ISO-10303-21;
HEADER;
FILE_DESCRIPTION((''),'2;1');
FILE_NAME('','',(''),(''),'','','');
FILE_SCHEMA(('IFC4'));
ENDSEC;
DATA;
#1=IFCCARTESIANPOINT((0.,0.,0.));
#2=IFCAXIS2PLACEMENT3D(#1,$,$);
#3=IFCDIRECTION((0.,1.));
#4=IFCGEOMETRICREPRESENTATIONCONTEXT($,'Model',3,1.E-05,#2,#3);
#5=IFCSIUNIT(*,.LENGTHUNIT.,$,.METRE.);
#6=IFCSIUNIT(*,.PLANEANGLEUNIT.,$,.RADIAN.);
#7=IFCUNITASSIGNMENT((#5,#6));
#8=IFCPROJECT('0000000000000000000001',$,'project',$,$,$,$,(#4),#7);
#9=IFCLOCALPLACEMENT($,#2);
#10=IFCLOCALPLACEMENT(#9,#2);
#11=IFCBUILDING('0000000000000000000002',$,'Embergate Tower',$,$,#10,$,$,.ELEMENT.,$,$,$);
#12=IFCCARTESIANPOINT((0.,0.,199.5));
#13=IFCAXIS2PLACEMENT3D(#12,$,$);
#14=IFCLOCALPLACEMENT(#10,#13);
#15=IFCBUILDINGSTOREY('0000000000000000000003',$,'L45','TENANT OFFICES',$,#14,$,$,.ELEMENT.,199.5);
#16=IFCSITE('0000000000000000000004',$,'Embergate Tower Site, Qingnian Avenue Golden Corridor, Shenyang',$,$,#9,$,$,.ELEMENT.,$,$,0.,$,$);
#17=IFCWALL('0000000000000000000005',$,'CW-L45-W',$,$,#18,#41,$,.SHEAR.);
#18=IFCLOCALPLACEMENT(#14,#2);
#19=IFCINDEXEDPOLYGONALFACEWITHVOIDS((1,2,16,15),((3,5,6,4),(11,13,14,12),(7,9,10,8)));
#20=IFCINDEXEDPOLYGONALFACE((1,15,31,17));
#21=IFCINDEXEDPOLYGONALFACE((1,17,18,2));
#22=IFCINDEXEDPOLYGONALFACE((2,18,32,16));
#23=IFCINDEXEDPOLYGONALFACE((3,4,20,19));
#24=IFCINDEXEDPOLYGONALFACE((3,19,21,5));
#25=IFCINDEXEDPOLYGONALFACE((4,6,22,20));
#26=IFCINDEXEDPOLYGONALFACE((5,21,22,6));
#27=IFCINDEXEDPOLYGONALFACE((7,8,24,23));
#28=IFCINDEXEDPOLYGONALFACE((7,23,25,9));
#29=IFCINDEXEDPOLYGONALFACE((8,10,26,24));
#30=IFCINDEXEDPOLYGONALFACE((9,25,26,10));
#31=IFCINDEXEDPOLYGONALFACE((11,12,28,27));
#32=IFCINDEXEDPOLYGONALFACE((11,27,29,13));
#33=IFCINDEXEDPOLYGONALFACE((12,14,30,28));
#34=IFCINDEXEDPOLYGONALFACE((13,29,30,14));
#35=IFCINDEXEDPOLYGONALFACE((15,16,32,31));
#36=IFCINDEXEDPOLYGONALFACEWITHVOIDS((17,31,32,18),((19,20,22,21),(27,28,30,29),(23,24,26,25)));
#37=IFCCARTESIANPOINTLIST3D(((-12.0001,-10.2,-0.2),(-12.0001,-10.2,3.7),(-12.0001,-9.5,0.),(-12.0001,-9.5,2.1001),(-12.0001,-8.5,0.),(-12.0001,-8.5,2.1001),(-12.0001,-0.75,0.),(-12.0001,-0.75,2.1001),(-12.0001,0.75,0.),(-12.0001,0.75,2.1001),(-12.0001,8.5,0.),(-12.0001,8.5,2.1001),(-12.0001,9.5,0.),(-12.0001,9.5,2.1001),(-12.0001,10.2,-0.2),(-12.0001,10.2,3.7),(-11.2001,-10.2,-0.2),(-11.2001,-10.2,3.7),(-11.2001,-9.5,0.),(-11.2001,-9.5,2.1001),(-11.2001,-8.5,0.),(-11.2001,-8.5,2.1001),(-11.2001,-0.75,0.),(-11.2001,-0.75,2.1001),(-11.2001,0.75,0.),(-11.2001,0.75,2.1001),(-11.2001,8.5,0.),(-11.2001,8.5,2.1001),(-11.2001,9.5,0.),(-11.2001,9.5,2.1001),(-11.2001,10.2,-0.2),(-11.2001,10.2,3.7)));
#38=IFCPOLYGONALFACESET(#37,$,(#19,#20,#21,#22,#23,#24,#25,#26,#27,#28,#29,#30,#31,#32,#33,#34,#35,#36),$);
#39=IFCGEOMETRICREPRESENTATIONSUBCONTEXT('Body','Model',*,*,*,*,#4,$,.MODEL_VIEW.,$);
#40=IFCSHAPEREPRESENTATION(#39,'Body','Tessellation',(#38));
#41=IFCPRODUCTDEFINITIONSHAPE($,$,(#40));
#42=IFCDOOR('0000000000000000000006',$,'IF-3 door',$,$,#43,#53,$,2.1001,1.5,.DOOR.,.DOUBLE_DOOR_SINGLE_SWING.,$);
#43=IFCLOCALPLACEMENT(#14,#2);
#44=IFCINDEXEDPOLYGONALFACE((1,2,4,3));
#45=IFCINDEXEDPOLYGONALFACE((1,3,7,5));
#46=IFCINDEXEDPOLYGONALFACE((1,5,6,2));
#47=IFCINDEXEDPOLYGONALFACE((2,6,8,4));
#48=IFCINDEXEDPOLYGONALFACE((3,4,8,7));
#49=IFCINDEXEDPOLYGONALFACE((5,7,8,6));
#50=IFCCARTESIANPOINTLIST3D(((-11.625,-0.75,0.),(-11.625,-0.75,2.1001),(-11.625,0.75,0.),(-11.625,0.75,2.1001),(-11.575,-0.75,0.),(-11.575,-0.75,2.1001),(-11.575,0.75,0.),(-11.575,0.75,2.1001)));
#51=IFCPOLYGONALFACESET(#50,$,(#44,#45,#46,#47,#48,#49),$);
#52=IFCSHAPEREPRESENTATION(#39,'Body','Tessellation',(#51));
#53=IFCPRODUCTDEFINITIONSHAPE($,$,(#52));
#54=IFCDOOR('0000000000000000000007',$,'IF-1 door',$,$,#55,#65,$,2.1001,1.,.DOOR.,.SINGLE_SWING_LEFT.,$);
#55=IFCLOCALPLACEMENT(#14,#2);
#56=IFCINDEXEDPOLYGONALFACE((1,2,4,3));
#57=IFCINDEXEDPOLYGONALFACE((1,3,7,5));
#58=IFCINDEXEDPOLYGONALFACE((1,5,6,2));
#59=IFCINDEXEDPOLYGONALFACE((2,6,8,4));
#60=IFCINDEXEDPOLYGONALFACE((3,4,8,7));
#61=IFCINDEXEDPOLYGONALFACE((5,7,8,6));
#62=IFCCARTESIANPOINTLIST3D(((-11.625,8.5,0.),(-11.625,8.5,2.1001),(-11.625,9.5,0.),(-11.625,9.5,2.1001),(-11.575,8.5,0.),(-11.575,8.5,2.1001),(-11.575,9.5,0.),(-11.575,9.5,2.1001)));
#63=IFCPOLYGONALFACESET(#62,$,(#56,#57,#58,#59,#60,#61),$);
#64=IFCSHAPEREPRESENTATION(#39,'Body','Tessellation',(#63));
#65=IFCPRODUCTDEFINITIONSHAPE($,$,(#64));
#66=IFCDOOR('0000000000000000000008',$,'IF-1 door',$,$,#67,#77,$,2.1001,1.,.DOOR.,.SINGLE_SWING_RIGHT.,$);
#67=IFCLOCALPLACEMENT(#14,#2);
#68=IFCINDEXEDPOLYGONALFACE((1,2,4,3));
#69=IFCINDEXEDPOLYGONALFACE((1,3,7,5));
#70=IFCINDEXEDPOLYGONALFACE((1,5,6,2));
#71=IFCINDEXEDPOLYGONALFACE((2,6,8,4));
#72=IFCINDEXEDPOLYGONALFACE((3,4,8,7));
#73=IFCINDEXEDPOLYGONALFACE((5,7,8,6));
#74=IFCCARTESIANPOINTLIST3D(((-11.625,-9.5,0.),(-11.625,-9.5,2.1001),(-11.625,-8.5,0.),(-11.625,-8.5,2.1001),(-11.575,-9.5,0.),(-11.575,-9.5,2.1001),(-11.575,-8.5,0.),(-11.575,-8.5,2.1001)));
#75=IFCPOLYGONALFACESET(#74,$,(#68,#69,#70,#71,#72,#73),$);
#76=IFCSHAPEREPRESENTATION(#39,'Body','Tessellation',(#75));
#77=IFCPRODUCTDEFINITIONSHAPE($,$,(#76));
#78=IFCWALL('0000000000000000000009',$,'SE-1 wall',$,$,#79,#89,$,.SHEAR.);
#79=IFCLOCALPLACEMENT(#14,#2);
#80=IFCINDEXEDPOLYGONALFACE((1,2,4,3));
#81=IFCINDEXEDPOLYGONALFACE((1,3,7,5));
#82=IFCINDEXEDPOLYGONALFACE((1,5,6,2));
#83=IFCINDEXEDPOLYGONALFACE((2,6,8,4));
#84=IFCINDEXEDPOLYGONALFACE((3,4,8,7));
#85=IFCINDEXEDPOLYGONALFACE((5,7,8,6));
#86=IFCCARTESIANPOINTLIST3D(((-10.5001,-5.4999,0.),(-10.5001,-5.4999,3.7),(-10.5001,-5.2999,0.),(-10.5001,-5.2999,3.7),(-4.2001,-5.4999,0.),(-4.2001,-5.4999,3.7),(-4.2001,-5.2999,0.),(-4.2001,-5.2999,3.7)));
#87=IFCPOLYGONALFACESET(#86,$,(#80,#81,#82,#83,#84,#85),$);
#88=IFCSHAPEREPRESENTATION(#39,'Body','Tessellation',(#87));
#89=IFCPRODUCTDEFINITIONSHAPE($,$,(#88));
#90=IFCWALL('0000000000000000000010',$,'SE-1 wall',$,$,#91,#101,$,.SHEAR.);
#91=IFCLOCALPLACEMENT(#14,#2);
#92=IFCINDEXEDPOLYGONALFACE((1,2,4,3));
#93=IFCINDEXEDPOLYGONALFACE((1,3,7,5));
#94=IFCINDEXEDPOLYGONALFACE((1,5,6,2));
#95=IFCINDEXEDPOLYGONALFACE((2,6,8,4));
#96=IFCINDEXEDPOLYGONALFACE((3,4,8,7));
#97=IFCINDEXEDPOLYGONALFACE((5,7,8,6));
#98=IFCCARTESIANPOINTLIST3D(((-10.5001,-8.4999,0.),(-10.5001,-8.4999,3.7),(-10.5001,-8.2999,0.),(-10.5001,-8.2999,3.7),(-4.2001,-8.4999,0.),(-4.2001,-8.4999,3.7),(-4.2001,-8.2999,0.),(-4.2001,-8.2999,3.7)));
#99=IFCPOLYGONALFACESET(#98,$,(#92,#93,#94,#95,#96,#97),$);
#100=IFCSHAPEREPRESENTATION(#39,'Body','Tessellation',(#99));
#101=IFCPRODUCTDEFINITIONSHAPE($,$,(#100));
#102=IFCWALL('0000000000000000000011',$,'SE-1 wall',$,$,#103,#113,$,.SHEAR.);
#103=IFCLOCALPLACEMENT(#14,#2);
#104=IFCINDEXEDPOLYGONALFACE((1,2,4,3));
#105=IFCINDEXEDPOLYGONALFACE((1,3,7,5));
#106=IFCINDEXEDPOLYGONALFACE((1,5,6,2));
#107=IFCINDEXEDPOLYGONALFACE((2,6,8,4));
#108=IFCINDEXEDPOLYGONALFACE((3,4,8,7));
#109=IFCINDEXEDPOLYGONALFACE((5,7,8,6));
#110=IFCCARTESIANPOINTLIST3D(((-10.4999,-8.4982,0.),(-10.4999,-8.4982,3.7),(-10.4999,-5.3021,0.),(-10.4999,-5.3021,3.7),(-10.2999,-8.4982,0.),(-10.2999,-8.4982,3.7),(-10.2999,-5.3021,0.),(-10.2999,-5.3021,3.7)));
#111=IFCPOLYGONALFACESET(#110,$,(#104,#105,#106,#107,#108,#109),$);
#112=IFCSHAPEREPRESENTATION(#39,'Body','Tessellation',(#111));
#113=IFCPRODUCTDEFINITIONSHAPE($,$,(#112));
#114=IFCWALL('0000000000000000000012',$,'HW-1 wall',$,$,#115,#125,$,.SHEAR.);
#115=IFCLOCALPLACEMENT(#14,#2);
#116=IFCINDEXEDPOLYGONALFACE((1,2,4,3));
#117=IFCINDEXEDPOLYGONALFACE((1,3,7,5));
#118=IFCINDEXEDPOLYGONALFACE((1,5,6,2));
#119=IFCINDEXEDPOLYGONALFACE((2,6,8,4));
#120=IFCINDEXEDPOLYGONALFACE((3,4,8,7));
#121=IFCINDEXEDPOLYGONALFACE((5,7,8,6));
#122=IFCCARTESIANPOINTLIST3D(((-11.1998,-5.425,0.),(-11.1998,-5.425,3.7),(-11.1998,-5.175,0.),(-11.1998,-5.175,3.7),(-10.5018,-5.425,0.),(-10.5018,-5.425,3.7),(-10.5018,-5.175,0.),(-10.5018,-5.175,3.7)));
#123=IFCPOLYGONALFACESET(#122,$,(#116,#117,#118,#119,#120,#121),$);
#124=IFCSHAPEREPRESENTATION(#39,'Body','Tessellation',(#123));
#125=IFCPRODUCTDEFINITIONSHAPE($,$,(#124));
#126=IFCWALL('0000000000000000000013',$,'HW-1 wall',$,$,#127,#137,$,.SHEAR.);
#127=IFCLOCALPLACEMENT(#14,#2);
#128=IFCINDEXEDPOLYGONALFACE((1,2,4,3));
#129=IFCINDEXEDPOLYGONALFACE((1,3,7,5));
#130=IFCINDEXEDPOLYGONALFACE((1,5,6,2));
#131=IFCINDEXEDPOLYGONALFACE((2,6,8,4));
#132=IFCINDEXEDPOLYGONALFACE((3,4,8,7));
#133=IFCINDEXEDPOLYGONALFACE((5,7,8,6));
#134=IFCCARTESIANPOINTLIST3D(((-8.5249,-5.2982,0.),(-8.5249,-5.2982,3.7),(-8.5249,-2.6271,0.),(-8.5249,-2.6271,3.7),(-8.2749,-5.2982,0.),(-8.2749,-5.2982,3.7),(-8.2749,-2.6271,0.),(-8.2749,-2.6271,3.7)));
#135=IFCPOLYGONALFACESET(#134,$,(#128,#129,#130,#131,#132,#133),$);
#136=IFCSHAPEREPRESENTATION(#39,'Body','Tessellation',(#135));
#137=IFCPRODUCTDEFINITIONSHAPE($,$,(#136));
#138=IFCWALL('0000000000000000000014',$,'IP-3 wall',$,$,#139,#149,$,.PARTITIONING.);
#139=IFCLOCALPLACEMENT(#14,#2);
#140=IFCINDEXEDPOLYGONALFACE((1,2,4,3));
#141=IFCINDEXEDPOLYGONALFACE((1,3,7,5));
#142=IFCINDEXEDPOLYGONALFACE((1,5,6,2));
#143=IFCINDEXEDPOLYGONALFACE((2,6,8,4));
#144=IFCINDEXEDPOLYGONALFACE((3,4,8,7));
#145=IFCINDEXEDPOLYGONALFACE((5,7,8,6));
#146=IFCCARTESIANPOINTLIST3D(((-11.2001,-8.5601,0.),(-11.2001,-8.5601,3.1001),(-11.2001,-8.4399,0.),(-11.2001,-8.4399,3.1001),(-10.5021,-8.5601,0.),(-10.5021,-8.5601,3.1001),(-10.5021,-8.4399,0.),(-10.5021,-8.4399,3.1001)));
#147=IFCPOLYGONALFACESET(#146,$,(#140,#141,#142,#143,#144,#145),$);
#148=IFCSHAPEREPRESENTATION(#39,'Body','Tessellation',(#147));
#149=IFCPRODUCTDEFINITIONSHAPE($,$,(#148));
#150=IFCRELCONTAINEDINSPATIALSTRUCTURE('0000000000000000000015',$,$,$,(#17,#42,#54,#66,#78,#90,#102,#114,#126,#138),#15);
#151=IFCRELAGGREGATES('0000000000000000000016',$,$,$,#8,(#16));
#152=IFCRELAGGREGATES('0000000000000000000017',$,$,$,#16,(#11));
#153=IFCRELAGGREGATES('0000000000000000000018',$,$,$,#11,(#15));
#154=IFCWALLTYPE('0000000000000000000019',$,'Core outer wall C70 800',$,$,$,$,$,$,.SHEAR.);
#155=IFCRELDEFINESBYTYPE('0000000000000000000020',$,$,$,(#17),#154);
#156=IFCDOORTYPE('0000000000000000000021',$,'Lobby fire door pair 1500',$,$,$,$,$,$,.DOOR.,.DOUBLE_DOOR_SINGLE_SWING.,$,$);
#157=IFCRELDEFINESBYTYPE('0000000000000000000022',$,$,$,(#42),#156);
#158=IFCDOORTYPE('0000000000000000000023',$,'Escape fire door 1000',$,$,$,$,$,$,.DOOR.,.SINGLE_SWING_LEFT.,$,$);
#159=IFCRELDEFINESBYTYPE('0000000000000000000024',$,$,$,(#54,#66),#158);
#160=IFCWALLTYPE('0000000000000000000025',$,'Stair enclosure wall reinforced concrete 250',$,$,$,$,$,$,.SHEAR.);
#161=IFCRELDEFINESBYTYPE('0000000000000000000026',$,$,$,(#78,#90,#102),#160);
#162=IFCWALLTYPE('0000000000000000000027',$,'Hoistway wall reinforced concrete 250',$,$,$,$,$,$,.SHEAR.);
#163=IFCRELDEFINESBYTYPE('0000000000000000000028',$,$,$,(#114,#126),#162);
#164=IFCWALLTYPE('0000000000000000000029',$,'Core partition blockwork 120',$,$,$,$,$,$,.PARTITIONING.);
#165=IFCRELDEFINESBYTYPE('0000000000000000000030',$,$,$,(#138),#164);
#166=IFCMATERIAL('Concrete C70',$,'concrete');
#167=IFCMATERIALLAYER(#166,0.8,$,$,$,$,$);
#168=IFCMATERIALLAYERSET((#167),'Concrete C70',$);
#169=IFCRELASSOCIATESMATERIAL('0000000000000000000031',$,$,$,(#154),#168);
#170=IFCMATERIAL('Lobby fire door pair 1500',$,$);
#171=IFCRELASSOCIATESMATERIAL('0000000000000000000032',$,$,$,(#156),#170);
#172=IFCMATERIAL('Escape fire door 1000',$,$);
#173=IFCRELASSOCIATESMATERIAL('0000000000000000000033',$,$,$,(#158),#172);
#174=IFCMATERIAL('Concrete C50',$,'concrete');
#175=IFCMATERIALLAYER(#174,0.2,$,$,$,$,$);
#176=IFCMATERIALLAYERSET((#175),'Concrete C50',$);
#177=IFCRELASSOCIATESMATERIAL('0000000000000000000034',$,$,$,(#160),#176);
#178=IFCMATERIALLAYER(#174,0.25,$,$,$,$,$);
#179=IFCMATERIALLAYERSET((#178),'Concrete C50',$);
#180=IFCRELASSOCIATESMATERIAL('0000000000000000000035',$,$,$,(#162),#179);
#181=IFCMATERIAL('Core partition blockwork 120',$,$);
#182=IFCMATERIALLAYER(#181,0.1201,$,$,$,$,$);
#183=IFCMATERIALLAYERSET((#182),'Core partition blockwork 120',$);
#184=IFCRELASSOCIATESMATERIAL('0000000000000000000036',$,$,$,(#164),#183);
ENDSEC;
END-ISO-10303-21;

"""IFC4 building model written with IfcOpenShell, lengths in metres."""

from ifc_helpers import new_model, si_unit, direction, frame, frame_2d, origin, place, context, subcontext, project, spatial, rectangle, extrude, source, transform, mapped, material, layer, layer_set, type_object, element, fill, save


model = new_model("IFC4")

# Units and contexts
model_context = context("Model", 3, precision=1e-05, world=origin(), true_north=direction((0.0, 1.0)))
body_context = subcontext(model_context, "Body", "Model", "MODEL_VIEW")
ifc_project = project(units=[si_unit("LENGTHUNIT", "METRE"), si_unit("PLANEANGLEUNIT", "RADIAN")], contexts=[model_context])

# Site, building, storey
site_placement = place(None, origin())
site = spatial("IfcSite", under=ifc_project, at=site_placement, Name="Embergate Tower Site, Qingnian Avenue Golden Corridor, Shenyang", CompositionType="ELEMENT", RefElevation=0.0)
building_placement = place(site_placement, origin())
building = spatial("IfcBuilding", under=site, at=building_placement, Name="Embergate Tower", CompositionType="ELEMENT")
storey_placement = place(building_placement, frame((0.0, 0.0, 199.5)))
storey = spatial("IfcBuildingStorey", under=building, at=storey_placement, Name="L45", Description="TENANT OFFICES", CompositionType="ELEMENT", Elevation=199.5)

# Shared definitions
ifc_material_1 = material(Name="Concrete C70", Category="concrete")
ifc_layer_1 = layer(ifc_material_1, 0.8)
ifc_layer_set_1 = layer_set([ifc_layer_1], Name="Concrete C70")
wall_type_1 = type_object("IfcWallType", Name="Core outer wall C70 800", PredefinedType="SHEAR", material=ifc_layer_set_1)

# Wall, openings, doors
shared_shape_1 = source(origin(), body_context, "Body", "SweptSolid", [
    extrude(rectangle(XDim=20.3999, YDim=0.8, at=frame_2d((10.2, 0.0))), origin(), (0.0, 0.0, 1.0), 3.8999),
])
wall_1_placement = place(storey_placement, frame((-11.6001, -10.2, -0.2), z_axis=(0.0, 0.0, 1.0), x_axis=(0.0, 1.0, 0.0)))
wall_1 = element("IfcWall", 1, at=wall_1_placement, inside=storey, type_object=wall_type_1, Name="CW-L45-W", PredefinedType="SHEAR", context=body_context, shape_type="MappedRepresentation", body=[
    mapped(shared_shape_1, transform((0.0, 0.0, 0.0))),
])
shared_shape_2 = source(origin(), body_context, "Body", "SweptSolid", [
    extrude(rectangle(XDim=1.0, YDim=2.1001, at=frame_2d((0.5, 1.05))), frame((0.0, 0.4099, 0.0), z_axis=(0.0, -1.0, 0.0), x_axis=(1.0, 0.0, 0.0)), (0.0, 0.0, 1.0), 0.8201),
])
opening_1_placement = place(wall_1_placement, frame((18.7, 0.0, 0.2)))
opening_1 = element("IfcOpeningElement", 2, at=opening_1_placement, cuts=wall_1, PredefinedType="OPENING", context=body_context, shape_type="MappedRepresentation", body=[
    mapped(shared_shape_2, transform((0.0, 0.0, 0.0))),
])
opening_2_placement = place(wall_1_placement, frame((0.7, 0.0, 0.2)))
opening_2 = element("IfcOpeningElement", 3, at=opening_2_placement, cuts=wall_1, PredefinedType="OPENING", context=body_context, shape_type="MappedRepresentation", body=[
    mapped(shared_shape_2, transform((0.0, 0.0, 0.0))),
])
shared_shape_3 = source(origin(), body_context, "Body", "SweptSolid", [
    extrude(rectangle(XDim=1.5, YDim=2.1001, at=frame_2d((0.75, 1.05))), frame((0.0, 0.4099, 0.0), z_axis=(0.0, -1.0, 0.0), x_axis=(1.0, 0.0, 0.0)), (0.0, 0.0, 1.0), 0.8201),
])
opening_3_placement = place(wall_1_placement, frame((9.45, 0.0, 0.2)))
opening_3 = element("IfcOpeningElement", 4, at=opening_3_placement, cuts=wall_1, PredefinedType="OPENING", context=body_context, shape_type="MappedRepresentation", body=[
    mapped(shared_shape_3, transform((0.0, 0.0, 0.0))),
])
ifc_material_2 = material(Name="Lobby fire door pair 1500")
door_type_1 = type_object("IfcDoorType", Name="Lobby fire door pair 1500", OperationType="DOUBLE_DOOR_SINGLE_SWING", PredefinedType="DOOR", material=ifc_material_2)
shared_shape_4 = source(origin(), body_context, "Body", "SweptSolid", [
    extrude(rectangle(XDim=1.5, YDim=2.1001, at=frame_2d((0.75, 1.05))), frame((0.0, 0.0249, 0.0), z_axis=(0.0, -1.0, 0.0), x_axis=(1.0, 0.0, 0.0)), (0.0, 0.0, 1.0), 0.05),
])
door_1_placement = place(opening_3_placement, origin())
door_1 = element("IfcDoor", 5, at=door_1_placement, inside=storey, type_object=door_type_1, Name="IF-3 door", OperationType="DOUBLE_DOOR_SINGLE_SWING", OverallHeight=2.1001, OverallWidth=1.5, PredefinedType="DOOR", context=body_context, shape_type="MappedRepresentation", body=[
    mapped(shared_shape_4, transform((0.0, 0.0, 0.0))),
])
fill(opening_3, door_1)
ifc_material_3 = material(Name="Escape fire door 1000")
door_type_2 = type_object("IfcDoorType", Name="Escape fire door 1000", OperationType="SINGLE_SWING_LEFT", PredefinedType="DOOR", material=ifc_material_3)
shared_shape_5 = source(origin(), body_context, "Body", "SweptSolid", [
    extrude(rectangle(XDim=1.0, YDim=2.1001, at=frame_2d((0.5, 1.05))), frame((0.0, 0.0249, 0.0), z_axis=(0.0, -1.0, 0.0), x_axis=(1.0, 0.0, 0.0)), (0.0, 0.0, 1.0), 0.05),
])
door_2_placement = place(opening_1_placement, origin())
door_2 = element("IfcDoor", 6, at=door_2_placement, inside=storey, type_object=door_type_2, Name="IF-1 door", OperationType="SINGLE_SWING_LEFT", OverallHeight=2.1001, OverallWidth=1.0, PredefinedType="DOOR", context=body_context, shape_type="MappedRepresentation", body=[
    mapped(shared_shape_5, transform((0.0, 0.0, 0.0))),
])
fill(opening_1, door_2)
door_3_placement = place(opening_2_placement, origin())
door_3 = element("IfcDoor", 7, at=door_3_placement, inside=storey, type_object=door_type_2, Name="IF-1 door", OperationType="SINGLE_SWING_RIGHT", OverallHeight=2.1001, OverallWidth=1.0, PredefinedType="DOOR", context=body_context, shape_type="MappedRepresentation", body=[
    mapped(shared_shape_5, transform((0.0, 0.0, 0.0))),
])
fill(opening_2, door_3)

# Walls
ifc_material_4 = material(Name="Concrete C50", Category="concrete")
ifc_layer_2 = layer(ifc_material_4, 0.2)
ifc_layer_set_2 = layer_set([ifc_layer_2], Name="Concrete C50")
wall_type_2 = type_object("IfcWallType", Name="Stair enclosure wall reinforced concrete 250", PredefinedType="SHEAR", material=ifc_layer_set_2)
shared_shape_6 = source(origin(), body_context, "Body", "SweptSolid", [
    extrude(rectangle(XDim=6.3, YDim=0.2, at=frame_2d((3.1499, 0.0))), origin(), (0.0, 0.0, 1.0), 3.7),
])
for number, where, z_axis, x_axis, name in (
    (8, (-10.5, -5.3999, 0.0), (0.0, 0.0, 1.0), (1.0, 0.0, 0.0), "SE-1 wall"),
    (9, (-10.5, -8.3999, 0.0), (0.0, 0.0, 1.0), (1.0, 0.0, 0.0), "SE-1 wall"),
):
    element("IfcWall", number, at=place(storey_placement, frame(where, z_axis=z_axis, x_axis=x_axis)), inside=storey, type_object=wall_type_2, Name=name, PredefinedType="SHEAR", context=body_context, shape_type="MappedRepresentation", body=[
        mapped(shared_shape_6, transform((0.0, 0.0, 0.0))),
    ])
shared_shape_7 = source(origin(), body_context, "Body", "SweptSolid", [
    extrude(rectangle(XDim=3.196, YDim=0.2, at=frame_2d((1.5981, 0.0))), origin(), (0.0, 0.0, 1.0), 3.7),
])
wall_2_placement = place(storey_placement, frame((-10.3999, -5.302, 0.0), z_axis=(0.0, 0.0, 1.0), x_axis=(0.0, -1.0, 0.0)))
element("IfcWall", 10, at=wall_2_placement, inside=storey, type_object=wall_type_2, Name="SE-1 wall", PredefinedType="SHEAR", context=body_context, shape_type="MappedRepresentation", body=[
    mapped(shared_shape_7, transform((0.0, 0.0, 0.0))),
])
ifc_layer_3 = layer(ifc_material_4, 0.25)
ifc_layer_set_3 = layer_set([ifc_layer_3], Name="Concrete C50")
wall_type_3 = type_object("IfcWallType", Name="Hoistway wall reinforced concrete 250", PredefinedType="SHEAR", material=ifc_layer_set_3)
shared_shape_8 = source(origin(), body_context, "Body", "SweptSolid", [
    extrude(rectangle(XDim=0.698, YDim=0.25, at=frame_2d((0.3491, 0.0))), origin(), (0.0, 0.0, 1.0), 3.7),
])
wall_3_placement = place(storey_placement, frame((-11.2, -5.3, 0.0), z_axis=(0.0, 0.0, 1.0), x_axis=(1.0, 0.0, 0.0)))
element("IfcWall", 11, at=wall_3_placement, inside=storey, type_object=wall_type_3, Name="HW-1 wall", PredefinedType="SHEAR", context=body_context, shape_type="MappedRepresentation", body=[
    mapped(shared_shape_8, transform((0.0, 0.0, 0.0))),
])
shared_shape_9 = source(origin(), body_context, "Body", "SweptSolid", [
    extrude(rectangle(XDim=2.6711, YDim=0.25, at=frame_2d((1.3354, 0.0))), origin(), (0.0, 0.0, 1.0), 3.7),
])
wall_4_placement = place(storey_placement, frame((-8.3999, -5.2981, 0.0), z_axis=(0.0, 0.0, 1.0), x_axis=(0.0, 1.0, 0.0)))
element("IfcWall", 12, at=wall_4_placement, inside=storey, type_object=wall_type_3, Name="HW-1 wall", PredefinedType="SHEAR", context=body_context, shape_type="MappedRepresentation", body=[
    mapped(shared_shape_9, transform((0.0, 0.0, 0.0))),
])
ifc_material_5 = material(Name="Core partition blockwork 120")
ifc_layer_4 = layer(ifc_material_5, 0.1201)
ifc_layer_set_4 = layer_set([ifc_layer_4], Name="Core partition blockwork 120")
wall_type_4 = type_object("IfcWallType", Name="Core partition blockwork 120", PredefinedType="PARTITIONING", material=ifc_layer_set_4)
shared_shape_10 = source(origin(), body_context, "Body", "SweptSolid", [
    extrude(rectangle(XDim=0.698, YDim=0.1201, at=frame_2d((0.3491, 0.0))), origin(), (0.0, 0.0, 1.0), 3.1001),
])
wall_5_placement = place(storey_placement, frame((-10.502, -8.5, 0.0), z_axis=(0.0, 0.0, 1.0), x_axis=(-1.0, 0.0, 0.0)))
element("IfcWall", 13, at=wall_5_placement, inside=storey, type_object=wall_type_4, Name="IP-3 wall", PredefinedType="PARTITIONING", context=body_context, shape_type="MappedRepresentation", body=[
    mapped(shared_shape_10, transform((0.0, 0.0, 0.0))),
])

save(model, "model.ifc")
